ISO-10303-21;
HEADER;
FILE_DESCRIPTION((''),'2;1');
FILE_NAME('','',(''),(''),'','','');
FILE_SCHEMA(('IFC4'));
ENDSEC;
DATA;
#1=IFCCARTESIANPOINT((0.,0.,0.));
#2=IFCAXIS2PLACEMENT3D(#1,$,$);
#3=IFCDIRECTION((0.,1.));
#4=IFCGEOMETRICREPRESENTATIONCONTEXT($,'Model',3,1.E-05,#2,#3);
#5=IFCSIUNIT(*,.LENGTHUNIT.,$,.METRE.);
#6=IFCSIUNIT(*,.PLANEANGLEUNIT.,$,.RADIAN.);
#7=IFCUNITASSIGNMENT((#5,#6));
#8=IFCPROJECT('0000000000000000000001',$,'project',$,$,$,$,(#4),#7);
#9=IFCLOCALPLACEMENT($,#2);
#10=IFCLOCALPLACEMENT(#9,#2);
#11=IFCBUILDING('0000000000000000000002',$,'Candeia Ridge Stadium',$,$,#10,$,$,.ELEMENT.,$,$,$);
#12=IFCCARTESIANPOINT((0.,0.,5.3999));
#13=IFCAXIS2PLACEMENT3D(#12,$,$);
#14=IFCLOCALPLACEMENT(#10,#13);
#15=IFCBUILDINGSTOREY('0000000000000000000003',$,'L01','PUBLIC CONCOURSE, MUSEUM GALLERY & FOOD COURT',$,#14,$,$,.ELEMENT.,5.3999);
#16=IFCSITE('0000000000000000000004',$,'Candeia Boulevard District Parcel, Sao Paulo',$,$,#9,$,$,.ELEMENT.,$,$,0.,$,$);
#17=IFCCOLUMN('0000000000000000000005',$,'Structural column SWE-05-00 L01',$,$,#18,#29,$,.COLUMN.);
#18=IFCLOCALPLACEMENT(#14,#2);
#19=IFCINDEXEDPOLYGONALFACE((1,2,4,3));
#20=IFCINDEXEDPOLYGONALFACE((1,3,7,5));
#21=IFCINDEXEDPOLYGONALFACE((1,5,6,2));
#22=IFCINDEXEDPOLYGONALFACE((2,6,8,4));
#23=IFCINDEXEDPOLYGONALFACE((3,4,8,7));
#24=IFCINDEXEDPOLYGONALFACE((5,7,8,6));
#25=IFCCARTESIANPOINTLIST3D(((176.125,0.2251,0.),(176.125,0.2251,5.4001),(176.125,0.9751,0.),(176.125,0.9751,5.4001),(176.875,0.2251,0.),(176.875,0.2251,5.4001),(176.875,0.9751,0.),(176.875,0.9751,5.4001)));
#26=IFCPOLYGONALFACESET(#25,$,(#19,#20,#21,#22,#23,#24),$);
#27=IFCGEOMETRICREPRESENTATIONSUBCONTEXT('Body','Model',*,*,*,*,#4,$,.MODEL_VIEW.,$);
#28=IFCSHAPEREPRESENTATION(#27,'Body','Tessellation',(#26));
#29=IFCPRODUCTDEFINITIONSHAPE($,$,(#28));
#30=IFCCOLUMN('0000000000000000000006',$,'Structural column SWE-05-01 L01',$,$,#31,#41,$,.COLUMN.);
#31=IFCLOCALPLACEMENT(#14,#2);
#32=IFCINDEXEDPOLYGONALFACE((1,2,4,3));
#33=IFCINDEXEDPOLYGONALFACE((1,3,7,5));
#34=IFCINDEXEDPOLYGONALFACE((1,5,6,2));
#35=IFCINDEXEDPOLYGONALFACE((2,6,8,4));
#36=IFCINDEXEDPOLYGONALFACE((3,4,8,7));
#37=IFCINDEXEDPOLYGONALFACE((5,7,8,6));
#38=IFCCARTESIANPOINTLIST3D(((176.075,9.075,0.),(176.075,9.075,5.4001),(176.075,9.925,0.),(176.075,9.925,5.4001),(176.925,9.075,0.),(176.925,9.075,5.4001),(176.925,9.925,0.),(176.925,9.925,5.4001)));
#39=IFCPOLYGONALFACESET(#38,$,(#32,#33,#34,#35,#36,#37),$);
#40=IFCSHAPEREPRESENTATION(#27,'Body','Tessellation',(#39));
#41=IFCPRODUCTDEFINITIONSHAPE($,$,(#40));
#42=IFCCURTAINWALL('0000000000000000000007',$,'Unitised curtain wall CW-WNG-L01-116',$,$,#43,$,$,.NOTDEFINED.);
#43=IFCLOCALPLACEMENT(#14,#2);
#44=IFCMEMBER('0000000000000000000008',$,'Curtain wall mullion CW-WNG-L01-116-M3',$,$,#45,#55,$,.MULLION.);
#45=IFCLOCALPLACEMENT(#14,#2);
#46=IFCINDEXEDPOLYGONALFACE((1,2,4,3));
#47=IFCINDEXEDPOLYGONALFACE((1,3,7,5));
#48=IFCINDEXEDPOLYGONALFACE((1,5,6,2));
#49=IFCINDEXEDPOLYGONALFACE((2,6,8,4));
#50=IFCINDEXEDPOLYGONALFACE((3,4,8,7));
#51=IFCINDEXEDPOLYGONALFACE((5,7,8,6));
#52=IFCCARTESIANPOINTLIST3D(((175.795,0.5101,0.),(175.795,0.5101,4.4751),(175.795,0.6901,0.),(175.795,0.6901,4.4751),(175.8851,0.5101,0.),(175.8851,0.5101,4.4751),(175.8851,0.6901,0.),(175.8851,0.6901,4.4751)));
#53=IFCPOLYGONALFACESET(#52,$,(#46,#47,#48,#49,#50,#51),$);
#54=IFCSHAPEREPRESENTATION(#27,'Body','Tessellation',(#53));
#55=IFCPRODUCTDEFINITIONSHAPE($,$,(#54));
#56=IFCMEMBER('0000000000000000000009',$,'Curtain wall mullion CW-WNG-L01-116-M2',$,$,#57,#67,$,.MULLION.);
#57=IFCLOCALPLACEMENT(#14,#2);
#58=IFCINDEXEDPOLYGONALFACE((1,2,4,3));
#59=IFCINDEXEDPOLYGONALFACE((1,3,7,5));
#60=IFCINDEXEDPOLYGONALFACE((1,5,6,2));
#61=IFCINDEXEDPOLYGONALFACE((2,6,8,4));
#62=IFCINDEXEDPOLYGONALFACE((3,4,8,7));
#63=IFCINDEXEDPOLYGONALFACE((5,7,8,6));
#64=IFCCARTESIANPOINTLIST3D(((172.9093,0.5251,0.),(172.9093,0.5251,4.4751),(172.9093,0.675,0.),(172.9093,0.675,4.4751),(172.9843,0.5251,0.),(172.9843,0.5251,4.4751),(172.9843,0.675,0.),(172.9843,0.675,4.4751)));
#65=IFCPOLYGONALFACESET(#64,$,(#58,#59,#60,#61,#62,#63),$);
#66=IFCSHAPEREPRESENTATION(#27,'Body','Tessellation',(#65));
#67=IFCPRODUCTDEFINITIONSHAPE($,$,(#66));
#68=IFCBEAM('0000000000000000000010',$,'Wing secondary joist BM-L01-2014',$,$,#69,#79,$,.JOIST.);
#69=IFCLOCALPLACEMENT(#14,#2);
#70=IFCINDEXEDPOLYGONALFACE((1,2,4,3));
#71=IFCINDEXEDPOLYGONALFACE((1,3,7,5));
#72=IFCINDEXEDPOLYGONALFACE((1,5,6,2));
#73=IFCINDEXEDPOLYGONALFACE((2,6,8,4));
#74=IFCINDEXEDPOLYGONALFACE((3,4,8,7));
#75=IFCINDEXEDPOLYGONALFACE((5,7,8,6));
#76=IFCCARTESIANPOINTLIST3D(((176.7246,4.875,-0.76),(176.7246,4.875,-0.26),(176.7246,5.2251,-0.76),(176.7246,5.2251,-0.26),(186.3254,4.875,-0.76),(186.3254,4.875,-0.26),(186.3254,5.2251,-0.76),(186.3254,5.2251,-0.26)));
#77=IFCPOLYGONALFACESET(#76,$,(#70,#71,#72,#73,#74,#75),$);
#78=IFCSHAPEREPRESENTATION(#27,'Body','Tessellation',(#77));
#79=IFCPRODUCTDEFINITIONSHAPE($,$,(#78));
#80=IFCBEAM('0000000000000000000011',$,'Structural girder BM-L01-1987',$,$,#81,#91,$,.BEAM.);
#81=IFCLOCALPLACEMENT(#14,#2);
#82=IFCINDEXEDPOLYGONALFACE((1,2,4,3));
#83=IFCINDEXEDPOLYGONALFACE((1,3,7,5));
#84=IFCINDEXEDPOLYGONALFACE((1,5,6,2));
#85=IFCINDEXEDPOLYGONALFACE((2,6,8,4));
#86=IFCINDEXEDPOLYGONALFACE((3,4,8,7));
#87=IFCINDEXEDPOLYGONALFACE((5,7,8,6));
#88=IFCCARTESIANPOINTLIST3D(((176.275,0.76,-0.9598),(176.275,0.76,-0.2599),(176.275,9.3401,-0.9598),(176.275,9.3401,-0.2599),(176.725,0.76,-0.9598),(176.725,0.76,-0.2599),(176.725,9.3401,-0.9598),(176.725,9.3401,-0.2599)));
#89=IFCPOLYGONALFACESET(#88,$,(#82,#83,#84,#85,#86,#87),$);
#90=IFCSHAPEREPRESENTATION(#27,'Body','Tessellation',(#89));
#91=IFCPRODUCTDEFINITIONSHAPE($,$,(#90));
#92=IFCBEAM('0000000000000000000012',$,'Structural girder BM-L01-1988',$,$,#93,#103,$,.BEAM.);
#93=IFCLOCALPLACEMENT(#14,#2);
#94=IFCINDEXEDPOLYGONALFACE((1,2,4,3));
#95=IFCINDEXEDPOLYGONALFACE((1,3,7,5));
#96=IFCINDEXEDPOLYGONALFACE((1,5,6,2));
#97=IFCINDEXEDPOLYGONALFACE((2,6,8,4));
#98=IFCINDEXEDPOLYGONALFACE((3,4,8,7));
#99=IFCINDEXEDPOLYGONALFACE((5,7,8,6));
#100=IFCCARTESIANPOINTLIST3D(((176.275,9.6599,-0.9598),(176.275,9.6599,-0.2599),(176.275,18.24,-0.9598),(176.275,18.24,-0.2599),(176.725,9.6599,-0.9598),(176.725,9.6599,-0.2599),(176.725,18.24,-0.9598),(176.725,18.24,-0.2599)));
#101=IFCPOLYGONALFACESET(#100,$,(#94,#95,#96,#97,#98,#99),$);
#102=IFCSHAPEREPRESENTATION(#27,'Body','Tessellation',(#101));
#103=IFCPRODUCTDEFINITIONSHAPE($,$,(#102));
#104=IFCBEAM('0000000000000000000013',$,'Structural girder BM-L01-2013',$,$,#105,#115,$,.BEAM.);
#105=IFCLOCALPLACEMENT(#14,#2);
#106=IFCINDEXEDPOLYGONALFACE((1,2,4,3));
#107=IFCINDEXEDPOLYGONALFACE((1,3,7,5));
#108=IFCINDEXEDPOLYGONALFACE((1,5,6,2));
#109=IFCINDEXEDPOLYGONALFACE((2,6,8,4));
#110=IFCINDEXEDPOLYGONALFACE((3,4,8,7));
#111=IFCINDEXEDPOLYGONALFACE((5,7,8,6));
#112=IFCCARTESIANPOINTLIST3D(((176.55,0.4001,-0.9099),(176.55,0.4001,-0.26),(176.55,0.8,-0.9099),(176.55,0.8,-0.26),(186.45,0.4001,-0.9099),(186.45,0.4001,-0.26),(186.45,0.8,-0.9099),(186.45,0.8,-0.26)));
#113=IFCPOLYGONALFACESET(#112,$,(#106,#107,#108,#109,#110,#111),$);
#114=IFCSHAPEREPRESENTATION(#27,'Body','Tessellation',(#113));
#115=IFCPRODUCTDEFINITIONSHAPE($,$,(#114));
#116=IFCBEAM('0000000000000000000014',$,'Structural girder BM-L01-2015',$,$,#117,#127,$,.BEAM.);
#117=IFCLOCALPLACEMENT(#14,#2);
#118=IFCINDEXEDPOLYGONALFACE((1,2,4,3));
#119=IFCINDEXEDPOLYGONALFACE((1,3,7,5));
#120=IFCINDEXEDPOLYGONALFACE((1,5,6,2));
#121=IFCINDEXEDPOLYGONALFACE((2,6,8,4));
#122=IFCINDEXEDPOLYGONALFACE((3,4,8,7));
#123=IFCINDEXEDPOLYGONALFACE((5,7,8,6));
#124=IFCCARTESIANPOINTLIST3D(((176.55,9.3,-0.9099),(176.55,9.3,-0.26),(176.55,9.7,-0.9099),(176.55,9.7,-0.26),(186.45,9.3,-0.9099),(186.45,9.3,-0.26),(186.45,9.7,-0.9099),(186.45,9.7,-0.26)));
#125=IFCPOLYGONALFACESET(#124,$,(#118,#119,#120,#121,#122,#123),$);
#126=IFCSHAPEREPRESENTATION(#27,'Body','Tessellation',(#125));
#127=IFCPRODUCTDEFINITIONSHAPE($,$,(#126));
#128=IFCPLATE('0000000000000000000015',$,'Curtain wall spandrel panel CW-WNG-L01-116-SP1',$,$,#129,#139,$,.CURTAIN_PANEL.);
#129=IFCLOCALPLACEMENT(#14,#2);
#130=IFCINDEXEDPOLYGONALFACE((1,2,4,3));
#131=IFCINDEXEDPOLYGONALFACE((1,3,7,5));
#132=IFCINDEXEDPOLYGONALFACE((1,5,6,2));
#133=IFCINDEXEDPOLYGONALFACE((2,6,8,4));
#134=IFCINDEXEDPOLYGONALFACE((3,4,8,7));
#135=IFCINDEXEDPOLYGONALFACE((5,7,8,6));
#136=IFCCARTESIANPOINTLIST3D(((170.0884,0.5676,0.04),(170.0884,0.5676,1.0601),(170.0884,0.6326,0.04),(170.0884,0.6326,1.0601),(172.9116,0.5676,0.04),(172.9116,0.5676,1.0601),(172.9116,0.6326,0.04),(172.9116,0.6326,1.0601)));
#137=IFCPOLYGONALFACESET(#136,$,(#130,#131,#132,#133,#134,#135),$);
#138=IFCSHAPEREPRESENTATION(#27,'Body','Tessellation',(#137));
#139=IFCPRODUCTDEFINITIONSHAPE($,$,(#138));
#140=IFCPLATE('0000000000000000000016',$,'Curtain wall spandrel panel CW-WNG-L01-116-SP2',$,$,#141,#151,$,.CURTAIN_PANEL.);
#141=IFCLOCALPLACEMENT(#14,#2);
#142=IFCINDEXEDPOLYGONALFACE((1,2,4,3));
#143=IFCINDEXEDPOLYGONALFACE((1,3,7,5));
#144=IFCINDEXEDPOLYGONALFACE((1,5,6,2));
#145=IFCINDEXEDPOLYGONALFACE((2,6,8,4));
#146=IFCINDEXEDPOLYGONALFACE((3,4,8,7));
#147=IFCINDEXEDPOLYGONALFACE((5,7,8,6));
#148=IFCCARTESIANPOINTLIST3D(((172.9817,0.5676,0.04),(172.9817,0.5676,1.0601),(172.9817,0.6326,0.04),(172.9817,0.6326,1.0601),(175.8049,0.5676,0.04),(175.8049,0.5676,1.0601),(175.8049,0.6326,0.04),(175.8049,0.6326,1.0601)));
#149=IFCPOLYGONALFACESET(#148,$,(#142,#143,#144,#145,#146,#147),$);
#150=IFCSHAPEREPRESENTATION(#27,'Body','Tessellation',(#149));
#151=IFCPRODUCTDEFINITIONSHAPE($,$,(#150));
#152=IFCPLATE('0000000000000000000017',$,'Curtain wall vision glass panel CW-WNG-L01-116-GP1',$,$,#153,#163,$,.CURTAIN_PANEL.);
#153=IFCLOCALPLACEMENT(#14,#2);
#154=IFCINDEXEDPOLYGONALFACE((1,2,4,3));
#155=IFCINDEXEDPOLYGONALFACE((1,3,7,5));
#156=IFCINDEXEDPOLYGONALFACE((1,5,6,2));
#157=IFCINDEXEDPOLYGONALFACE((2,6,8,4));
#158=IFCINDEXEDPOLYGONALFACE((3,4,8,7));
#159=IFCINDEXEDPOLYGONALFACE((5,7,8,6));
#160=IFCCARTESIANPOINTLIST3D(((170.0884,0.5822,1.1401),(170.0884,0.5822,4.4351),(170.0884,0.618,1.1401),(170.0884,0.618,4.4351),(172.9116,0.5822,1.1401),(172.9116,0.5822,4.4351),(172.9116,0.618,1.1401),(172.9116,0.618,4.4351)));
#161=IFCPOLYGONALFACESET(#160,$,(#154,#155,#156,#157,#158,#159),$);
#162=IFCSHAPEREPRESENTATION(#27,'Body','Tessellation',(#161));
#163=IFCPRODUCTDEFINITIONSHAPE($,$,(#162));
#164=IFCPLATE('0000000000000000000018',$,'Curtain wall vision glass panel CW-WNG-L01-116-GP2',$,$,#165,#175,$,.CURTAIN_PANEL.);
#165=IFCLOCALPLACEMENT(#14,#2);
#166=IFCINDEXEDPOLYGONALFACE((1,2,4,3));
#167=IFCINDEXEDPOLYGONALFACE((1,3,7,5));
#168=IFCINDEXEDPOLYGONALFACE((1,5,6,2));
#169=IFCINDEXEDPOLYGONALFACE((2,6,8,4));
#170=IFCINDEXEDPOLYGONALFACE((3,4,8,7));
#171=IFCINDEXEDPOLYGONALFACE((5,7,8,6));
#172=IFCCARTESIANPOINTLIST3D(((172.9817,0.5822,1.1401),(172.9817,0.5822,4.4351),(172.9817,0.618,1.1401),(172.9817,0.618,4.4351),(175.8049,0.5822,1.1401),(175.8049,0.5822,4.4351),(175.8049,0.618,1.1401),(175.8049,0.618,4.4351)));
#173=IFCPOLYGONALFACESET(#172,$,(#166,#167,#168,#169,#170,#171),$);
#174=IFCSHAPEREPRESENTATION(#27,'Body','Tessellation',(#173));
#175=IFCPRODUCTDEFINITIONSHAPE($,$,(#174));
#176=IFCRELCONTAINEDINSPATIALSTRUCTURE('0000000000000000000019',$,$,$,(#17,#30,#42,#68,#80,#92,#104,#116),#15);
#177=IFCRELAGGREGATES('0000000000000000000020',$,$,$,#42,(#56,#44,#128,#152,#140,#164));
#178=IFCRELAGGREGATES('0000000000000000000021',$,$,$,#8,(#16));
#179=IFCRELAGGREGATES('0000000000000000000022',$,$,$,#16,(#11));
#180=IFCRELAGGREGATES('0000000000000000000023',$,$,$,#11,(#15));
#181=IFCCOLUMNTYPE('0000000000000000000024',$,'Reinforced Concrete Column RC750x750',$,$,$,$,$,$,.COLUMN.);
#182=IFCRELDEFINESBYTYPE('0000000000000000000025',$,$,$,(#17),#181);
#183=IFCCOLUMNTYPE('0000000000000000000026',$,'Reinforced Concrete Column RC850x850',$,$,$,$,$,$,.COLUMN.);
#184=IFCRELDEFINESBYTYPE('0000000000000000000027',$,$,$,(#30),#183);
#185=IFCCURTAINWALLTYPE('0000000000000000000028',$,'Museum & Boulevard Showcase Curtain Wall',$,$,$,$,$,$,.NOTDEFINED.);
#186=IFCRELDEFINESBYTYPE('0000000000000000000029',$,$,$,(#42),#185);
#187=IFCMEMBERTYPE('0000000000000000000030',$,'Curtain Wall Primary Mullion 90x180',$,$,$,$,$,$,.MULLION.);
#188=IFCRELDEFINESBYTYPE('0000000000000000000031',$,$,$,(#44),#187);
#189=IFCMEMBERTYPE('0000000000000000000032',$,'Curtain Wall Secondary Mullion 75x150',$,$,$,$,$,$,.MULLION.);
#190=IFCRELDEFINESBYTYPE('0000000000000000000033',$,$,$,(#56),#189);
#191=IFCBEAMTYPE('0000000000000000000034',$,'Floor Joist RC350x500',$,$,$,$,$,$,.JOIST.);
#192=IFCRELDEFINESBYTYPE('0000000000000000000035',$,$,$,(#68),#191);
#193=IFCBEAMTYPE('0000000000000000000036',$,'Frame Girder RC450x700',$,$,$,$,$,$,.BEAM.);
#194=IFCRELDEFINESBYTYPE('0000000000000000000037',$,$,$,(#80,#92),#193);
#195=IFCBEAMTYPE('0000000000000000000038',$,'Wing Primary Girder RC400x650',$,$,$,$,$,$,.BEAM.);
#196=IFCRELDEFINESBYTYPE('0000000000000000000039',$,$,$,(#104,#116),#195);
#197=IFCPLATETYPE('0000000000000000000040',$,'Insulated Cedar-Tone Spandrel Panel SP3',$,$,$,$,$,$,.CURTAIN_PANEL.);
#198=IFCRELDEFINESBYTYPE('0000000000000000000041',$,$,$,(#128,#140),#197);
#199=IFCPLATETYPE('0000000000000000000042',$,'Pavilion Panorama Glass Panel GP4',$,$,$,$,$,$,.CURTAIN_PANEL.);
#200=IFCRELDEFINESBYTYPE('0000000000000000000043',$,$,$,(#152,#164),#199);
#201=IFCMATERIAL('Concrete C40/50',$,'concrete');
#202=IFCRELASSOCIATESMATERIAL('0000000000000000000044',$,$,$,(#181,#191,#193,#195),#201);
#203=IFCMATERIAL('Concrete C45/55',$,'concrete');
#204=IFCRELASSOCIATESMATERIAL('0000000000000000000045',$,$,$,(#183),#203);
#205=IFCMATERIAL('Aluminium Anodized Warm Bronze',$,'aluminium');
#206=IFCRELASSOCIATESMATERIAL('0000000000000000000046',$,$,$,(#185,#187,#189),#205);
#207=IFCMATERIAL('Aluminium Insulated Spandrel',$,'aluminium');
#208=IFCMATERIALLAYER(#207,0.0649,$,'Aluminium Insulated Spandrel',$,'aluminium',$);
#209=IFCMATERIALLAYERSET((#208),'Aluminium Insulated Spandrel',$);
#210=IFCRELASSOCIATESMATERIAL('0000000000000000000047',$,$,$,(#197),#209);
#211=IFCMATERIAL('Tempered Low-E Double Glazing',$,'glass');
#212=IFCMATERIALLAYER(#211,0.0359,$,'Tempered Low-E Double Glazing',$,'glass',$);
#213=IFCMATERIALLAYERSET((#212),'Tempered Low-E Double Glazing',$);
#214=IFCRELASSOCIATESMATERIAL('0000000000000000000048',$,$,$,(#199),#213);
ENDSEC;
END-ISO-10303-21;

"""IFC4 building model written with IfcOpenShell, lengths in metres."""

from ifc_helpers import new_model, si_unit, direction, frame, origin, origin_2d, place, context, subcontext, project, spatial, rectangle, extrude, material, layer, layer_set, material_profile, profile_set, type_object, element, aggregate, save


model = new_model("IFC4")

# Units and contexts
model_context = context("Model", 3, precision=1e-05, world=origin(), true_north=direction((0.0, 1.0)))
body_context = subcontext(model_context, "Body", "Model", "MODEL_VIEW")
ifc_project = project(units=[si_unit("LENGTHUNIT", "METRE"), si_unit("PLANEANGLEUNIT", "RADIAN")], contexts=[model_context])

# Site, building, storey
site_placement = place(None, origin())
site = spatial("IfcSite", under=ifc_project, at=site_placement, Name="Candeia Boulevard District Parcel, Sao Paulo", CompositionType="ELEMENT", RefElevation=0.0)
building_placement = place(site_placement, origin())
building = spatial("IfcBuilding", under=site, at=building_placement, Name="Candeia Ridge Stadium", CompositionType="ELEMENT")
storey_placement = place(building_placement, frame((0.0, 0.0, 5.3999)))
storey = spatial("IfcBuildingStorey", under=building, at=storey_placement, Name="L01", Description="PUBLIC CONCOURSE, MUSEUM GALLERY & FOOD COURT", CompositionType="ELEMENT", Elevation=5.3999)

# Columns
ifc_material_1 = material(Name="Concrete C40/50", Category="concrete")
ifc_material_profile_1 = material_profile(ifc_material_1, rectangle(XDim=0.75, YDim=0.75, at=origin_2d()), Name="RC750x750", Category="concrete")
ifc_profile_set_1 = profile_set([ifc_material_profile_1], Name="Concrete C40/50")
column_type_1 = type_object("IfcColumnType", Name="Reinforced Concrete Column RC750x750", PredefinedType="COLUMN", material=ifc_profile_set_1)
column_1_placement = place(storey_placement, frame((176.5, 0.6001, 0.0), z_axis=(0.0, 0.0, 1.0), x_axis=(1.0, 0.0, 0.0)))
element("IfcColumn", 1, at=column_1_placement, inside=storey, type_object=column_type_1, Name="Structural column SWE-05-00 L01", PredefinedType="COLUMN", context=body_context, shape_type="SweptSolid", body=[
    extrude(rectangle(XDim=0.75, YDim=0.75, at=origin_2d()), origin(), (0.0, 0.0, 1.0), 5.4001),
])
ifc_material_2 = material(Name="Concrete C45/55", Category="concrete")
ifc_material_profile_2 = material_profile(ifc_material_2, rectangle(XDim=0.8501, YDim=0.8501, at=origin_2d()), Name="RC850x850", Category="concrete")
ifc_profile_set_2 = profile_set([ifc_material_profile_2], Name="Concrete C45/55")
column_type_2 = type_object("IfcColumnType", Name="Reinforced Concrete Column RC850x850", PredefinedType="COLUMN", material=ifc_profile_set_2)
column_2_placement = place(storey_placement, frame((176.5, 9.5, 0.0), z_axis=(0.0, 0.0, 1.0), x_axis=(1.0, 0.0, 0.0)))
element("IfcColumn", 2, at=column_2_placement, inside=storey, type_object=column_type_2, Name="Structural column SWE-05-01 L01", PredefinedType="COLUMN", context=body_context, shape_type="SweptSolid", body=[
    extrude(rectangle(XDim=0.8501, YDim=0.8501, at=origin_2d()), origin(), (0.0, 0.0, 1.0), 5.4001),
])

# Curtain wall, members
ifc_material_3 = material(Name="Aluminium Anodized Warm Bronze", Category="aluminium")
curtain_wall_type = type_object("IfcCurtainWallType", Name="Museum & Boulevard Showcase Curtain Wall", PredefinedType="NOTDEFINED", material=ifc_material_3)
curtain_wall_placement = place(storey_placement, origin())
curtain_wall = element("IfcCurtainWall", 3, at=curtain_wall_placement, inside=storey, type_object=curtain_wall_type, Name="Unitised curtain wall CW-WNG-L01-116", PredefinedType="NOTDEFINED")
ifc_material_profile_3 = material_profile(ifc_material_3, rectangle(XDim=0.0901, YDim=0.1799, at=origin_2d()), Name="CWM-90x180", Category="aluminium")
ifc_profile_set_3 = profile_set([ifc_material_profile_3], Name="Aluminium Anodized Warm Bronze")
member_type_1 = type_object("IfcMemberType", Name="Curtain Wall Primary Mullion 90x180", PredefinedType="MULLION", material=ifc_profile_set_3)
member_1_placement = place(storey_placement, frame((175.8401, 0.6001, 0.0), z_axis=(0.0, 0.0, 1.0), x_axis=(1.0, 0.0, 0.0)))
member_1 = element("IfcMember", 4, at=member_1_placement, type_object=member_type_1, Name="Curtain wall mullion CW-WNG-L01-116-M3", PredefinedType="MULLION", context=body_context, shape_type="SweptSolid", body=[
    extrude(rectangle(XDim=0.0901, YDim=0.1799, at=origin_2d()), origin(), (0.0, 0.0, 1.0), 4.4751),
])
ifc_material_profile_4 = material_profile(ifc_material_3, rectangle(XDim=0.075, YDim=0.1499, at=origin_2d()), Name="CWM-75x150", Category="aluminium")
ifc_profile_set_4 = profile_set([ifc_material_profile_4], Name="Aluminium Anodized Warm Bronze")
member_type_2 = type_object("IfcMemberType", Name="Curtain Wall Secondary Mullion 75x150", PredefinedType="MULLION", material=ifc_profile_set_4)
member_2_placement = place(storey_placement, frame((172.9468, 0.6001, 0.0), z_axis=(0.0, 0.0, 1.0), x_axis=(1.0, 0.0, 0.0)))
member_2 = element("IfcMember", 5, at=member_2_placement, type_object=member_type_2, Name="Curtain wall mullion CW-WNG-L01-116-M2", PredefinedType="MULLION", context=body_context, shape_type="SweptSolid", body=[
    extrude(rectangle(XDim=0.075, YDim=0.1499, at=origin_2d()), origin(), (0.0, 0.0, 1.0), 4.4751),
])

# Beams
ifc_material_profile_5 = material_profile(ifc_material_1, rectangle(XDim=0.3501, YDim=0.5, at=origin_2d()), Name="RC350x500", Category="concrete")
ifc_profile_set_5 = profile_set([ifc_material_profile_5], Name="Concrete C40/50")
beam_type_1 = type_object("IfcBeamType", Name="Floor Joist RC350x500", PredefinedType="JOIST", material=ifc_profile_set_5)
beam_placement = place(storey_placement, frame((176.7246, 5.05, -0.51), z_axis=(1.0, 0.0, 0.0), x_axis=(0.0, 1.0, 0.0)))
element("IfcBeam", 6, at=beam_placement, inside=storey, type_object=beam_type_1, Name="Wing secondary joist BM-L01-2014", PredefinedType="JOIST", context=body_context, shape_type="SweptSolid", body=[
    extrude(rectangle(XDim=0.3501, YDim=0.5, at=origin_2d()), origin(), (0.0, 0.0, 1.0), 9.6008),
])
ifc_material_profile_6 = material_profile(ifc_material_1, rectangle(XDim=0.45, YDim=0.7, at=origin_2d()), Name="RC450x700", Category="concrete")
ifc_profile_set_6 = profile_set([ifc_material_profile_6], Name="Concrete C40/50")
beam_type_2 = type_object("IfcBeamType", Name="Frame Girder RC450x700", PredefinedType="BEAM", material=ifc_profile_set_6)
for number, where, z_axis, x_axis, name in (
    (7, (176.5, 0.76, -0.6099), (0.0, 1.0, 0.0), (-1.0, 0.0, 0.0), "Structural girder BM-L01-1987"),
    (8, (176.5, 9.6599, -0.6099), (0.0, 1.0, 0.0), (-1.0, 0.0, 0.0), "Structural girder BM-L01-1988"),
):
    element("IfcBeam", number, at=place(storey_placement, frame(where, z_axis=z_axis, x_axis=x_axis)), inside=storey, type_object=beam_type_2, Name=name, PredefinedType="BEAM", context=body_context, shape_type="SweptSolid", body=[
        extrude(rectangle(XDim=0.45, YDim=0.7, at=origin_2d()), origin(), (0.0, 0.0, 1.0), 8.5801),
    ])
ifc_material_profile_7 = material_profile(ifc_material_1, rectangle(XDim=0.3999, YDim=0.6499, at=origin_2d()), Name="RC400x650", Category="concrete")
ifc_profile_set_7 = profile_set([ifc_material_profile_7], Name="Concrete C40/50")
beam_type_3 = type_object("IfcBeamType", Name="Wing Primary Girder RC400x650", PredefinedType="BEAM", material=ifc_profile_set_7)
for number, where, z_axis, x_axis, name in (
    (9, (176.55, 0.6001, -0.585), (1.0, 0.0, 0.0), (0.0, 1.0, 0.0), "Structural girder BM-L01-2013"),
    (10, (176.55, 9.5, -0.585), (1.0, 0.0, 0.0), (0.0, 1.0, 0.0), "Structural girder BM-L01-2015"),
):
    element("IfcBeam", number, at=place(storey_placement, frame(where, z_axis=z_axis, x_axis=x_axis)), inside=storey, type_object=beam_type_3, Name=name, PredefinedType="BEAM", context=body_context, shape_type="SweptSolid", body=[
        extrude(rectangle(XDim=0.3999, YDim=0.6499, at=origin_2d()), origin(), (0.0, 0.0, 1.0), 9.8999),
    ])

# Plates
ifc_material_4 = material(Name="Aluminium Insulated Spandrel", Category="aluminium")
ifc_layer_1 = layer(ifc_material_4, 0.0649, Name="Aluminium Insulated Spandrel", Category="aluminium")
ifc_layer_set_1 = layer_set([ifc_layer_1], Name="Aluminium Insulated Spandrel")
plate_type_1 = type_object("IfcPlateType", Name="Insulated Cedar-Tone Spandrel Panel SP3", PredefinedType="CURTAIN_PANEL", material=ifc_layer_set_1)
plate_1_placement = place(storey_placement, frame((171.5, 0.6001, 0.04), z_axis=(0.0, 0.0, 1.0), x_axis=(1.0, 0.0, 0.0)))
plate_1 = element("IfcPlate", 11, at=plate_1_placement, type_object=plate_type_1, Name="Curtain wall spandrel panel CW-WNG-L01-116-SP1", PredefinedType="CURTAIN_PANEL", context=body_context, shape_type="SweptSolid", body=[
    extrude(rectangle(XDim=2.8232, YDim=0.0649, at=origin_2d()), origin(), (0.0, 0.0, 1.0), 1.02),
])
plate_2_placement = place(storey_placement, frame((174.3933, 0.6001, 0.04), z_axis=(0.0, 0.0, 1.0), x_axis=(1.0, 0.0, 0.0)))
plate_2 = element("IfcPlate", 12, at=plate_2_placement, type_object=plate_type_1, Name="Curtain wall spandrel panel CW-WNG-L01-116-SP2", PredefinedType="CURTAIN_PANEL", context=body_context, shape_type="SweptSolid", body=[
    extrude(rectangle(XDim=2.8232, YDim=0.0649, at=origin_2d()), origin(), (0.0, 0.0, 1.0), 1.02),
])
ifc_material_5 = material(Name="Tempered Low-E Double Glazing", Category="glass")
ifc_layer_2 = layer(ifc_material_5, 0.0359, Name="Tempered Low-E Double Glazing", Category="glass")
ifc_layer_set_2 = layer_set([ifc_layer_2], Name="Tempered Low-E Double Glazing")
plate_type_2 = type_object("IfcPlateType", Name="Pavilion Panorama Glass Panel GP4", PredefinedType="CURTAIN_PANEL", material=ifc_layer_set_2)
plate_3_placement = place(storey_placement, frame((171.5, 0.6001, 1.1401), z_axis=(0.0, 0.0, 1.0), x_axis=(1.0, 0.0, 0.0)))
plate_3 = element("IfcPlate", 13, at=plate_3_placement, type_object=plate_type_2, Name="Curtain wall vision glass panel CW-WNG-L01-116-GP1", PredefinedType="CURTAIN_PANEL", context=body_context, shape_type="SweptSolid", body=[
    extrude(rectangle(XDim=2.8232, YDim=0.0359, at=origin_2d()), origin(), (0.0, 0.0, 1.0), 3.2949),
])
plate_4_placement = place(storey_placement, frame((174.3933, 0.6001, 1.1401), z_axis=(0.0, 0.0, 1.0), x_axis=(1.0, 0.0, 0.0)))
plate_4 = element("IfcPlate", 14, at=plate_4_placement, type_object=plate_type_2, Name="Curtain wall vision glass panel CW-WNG-L01-116-GP2", PredefinedType="CURTAIN_PANEL", context=body_context, shape_type="SweptSolid", body=[
    extrude(rectangle(XDim=2.8232, YDim=0.0359, at=origin_2d()), origin(), (0.0, 0.0, 1.0), 3.2949),
])
aggregate(curtain_wall, [member_2, member_1, plate_1, plate_3, plate_2, plate_4])

save(model, "model.ifc")
